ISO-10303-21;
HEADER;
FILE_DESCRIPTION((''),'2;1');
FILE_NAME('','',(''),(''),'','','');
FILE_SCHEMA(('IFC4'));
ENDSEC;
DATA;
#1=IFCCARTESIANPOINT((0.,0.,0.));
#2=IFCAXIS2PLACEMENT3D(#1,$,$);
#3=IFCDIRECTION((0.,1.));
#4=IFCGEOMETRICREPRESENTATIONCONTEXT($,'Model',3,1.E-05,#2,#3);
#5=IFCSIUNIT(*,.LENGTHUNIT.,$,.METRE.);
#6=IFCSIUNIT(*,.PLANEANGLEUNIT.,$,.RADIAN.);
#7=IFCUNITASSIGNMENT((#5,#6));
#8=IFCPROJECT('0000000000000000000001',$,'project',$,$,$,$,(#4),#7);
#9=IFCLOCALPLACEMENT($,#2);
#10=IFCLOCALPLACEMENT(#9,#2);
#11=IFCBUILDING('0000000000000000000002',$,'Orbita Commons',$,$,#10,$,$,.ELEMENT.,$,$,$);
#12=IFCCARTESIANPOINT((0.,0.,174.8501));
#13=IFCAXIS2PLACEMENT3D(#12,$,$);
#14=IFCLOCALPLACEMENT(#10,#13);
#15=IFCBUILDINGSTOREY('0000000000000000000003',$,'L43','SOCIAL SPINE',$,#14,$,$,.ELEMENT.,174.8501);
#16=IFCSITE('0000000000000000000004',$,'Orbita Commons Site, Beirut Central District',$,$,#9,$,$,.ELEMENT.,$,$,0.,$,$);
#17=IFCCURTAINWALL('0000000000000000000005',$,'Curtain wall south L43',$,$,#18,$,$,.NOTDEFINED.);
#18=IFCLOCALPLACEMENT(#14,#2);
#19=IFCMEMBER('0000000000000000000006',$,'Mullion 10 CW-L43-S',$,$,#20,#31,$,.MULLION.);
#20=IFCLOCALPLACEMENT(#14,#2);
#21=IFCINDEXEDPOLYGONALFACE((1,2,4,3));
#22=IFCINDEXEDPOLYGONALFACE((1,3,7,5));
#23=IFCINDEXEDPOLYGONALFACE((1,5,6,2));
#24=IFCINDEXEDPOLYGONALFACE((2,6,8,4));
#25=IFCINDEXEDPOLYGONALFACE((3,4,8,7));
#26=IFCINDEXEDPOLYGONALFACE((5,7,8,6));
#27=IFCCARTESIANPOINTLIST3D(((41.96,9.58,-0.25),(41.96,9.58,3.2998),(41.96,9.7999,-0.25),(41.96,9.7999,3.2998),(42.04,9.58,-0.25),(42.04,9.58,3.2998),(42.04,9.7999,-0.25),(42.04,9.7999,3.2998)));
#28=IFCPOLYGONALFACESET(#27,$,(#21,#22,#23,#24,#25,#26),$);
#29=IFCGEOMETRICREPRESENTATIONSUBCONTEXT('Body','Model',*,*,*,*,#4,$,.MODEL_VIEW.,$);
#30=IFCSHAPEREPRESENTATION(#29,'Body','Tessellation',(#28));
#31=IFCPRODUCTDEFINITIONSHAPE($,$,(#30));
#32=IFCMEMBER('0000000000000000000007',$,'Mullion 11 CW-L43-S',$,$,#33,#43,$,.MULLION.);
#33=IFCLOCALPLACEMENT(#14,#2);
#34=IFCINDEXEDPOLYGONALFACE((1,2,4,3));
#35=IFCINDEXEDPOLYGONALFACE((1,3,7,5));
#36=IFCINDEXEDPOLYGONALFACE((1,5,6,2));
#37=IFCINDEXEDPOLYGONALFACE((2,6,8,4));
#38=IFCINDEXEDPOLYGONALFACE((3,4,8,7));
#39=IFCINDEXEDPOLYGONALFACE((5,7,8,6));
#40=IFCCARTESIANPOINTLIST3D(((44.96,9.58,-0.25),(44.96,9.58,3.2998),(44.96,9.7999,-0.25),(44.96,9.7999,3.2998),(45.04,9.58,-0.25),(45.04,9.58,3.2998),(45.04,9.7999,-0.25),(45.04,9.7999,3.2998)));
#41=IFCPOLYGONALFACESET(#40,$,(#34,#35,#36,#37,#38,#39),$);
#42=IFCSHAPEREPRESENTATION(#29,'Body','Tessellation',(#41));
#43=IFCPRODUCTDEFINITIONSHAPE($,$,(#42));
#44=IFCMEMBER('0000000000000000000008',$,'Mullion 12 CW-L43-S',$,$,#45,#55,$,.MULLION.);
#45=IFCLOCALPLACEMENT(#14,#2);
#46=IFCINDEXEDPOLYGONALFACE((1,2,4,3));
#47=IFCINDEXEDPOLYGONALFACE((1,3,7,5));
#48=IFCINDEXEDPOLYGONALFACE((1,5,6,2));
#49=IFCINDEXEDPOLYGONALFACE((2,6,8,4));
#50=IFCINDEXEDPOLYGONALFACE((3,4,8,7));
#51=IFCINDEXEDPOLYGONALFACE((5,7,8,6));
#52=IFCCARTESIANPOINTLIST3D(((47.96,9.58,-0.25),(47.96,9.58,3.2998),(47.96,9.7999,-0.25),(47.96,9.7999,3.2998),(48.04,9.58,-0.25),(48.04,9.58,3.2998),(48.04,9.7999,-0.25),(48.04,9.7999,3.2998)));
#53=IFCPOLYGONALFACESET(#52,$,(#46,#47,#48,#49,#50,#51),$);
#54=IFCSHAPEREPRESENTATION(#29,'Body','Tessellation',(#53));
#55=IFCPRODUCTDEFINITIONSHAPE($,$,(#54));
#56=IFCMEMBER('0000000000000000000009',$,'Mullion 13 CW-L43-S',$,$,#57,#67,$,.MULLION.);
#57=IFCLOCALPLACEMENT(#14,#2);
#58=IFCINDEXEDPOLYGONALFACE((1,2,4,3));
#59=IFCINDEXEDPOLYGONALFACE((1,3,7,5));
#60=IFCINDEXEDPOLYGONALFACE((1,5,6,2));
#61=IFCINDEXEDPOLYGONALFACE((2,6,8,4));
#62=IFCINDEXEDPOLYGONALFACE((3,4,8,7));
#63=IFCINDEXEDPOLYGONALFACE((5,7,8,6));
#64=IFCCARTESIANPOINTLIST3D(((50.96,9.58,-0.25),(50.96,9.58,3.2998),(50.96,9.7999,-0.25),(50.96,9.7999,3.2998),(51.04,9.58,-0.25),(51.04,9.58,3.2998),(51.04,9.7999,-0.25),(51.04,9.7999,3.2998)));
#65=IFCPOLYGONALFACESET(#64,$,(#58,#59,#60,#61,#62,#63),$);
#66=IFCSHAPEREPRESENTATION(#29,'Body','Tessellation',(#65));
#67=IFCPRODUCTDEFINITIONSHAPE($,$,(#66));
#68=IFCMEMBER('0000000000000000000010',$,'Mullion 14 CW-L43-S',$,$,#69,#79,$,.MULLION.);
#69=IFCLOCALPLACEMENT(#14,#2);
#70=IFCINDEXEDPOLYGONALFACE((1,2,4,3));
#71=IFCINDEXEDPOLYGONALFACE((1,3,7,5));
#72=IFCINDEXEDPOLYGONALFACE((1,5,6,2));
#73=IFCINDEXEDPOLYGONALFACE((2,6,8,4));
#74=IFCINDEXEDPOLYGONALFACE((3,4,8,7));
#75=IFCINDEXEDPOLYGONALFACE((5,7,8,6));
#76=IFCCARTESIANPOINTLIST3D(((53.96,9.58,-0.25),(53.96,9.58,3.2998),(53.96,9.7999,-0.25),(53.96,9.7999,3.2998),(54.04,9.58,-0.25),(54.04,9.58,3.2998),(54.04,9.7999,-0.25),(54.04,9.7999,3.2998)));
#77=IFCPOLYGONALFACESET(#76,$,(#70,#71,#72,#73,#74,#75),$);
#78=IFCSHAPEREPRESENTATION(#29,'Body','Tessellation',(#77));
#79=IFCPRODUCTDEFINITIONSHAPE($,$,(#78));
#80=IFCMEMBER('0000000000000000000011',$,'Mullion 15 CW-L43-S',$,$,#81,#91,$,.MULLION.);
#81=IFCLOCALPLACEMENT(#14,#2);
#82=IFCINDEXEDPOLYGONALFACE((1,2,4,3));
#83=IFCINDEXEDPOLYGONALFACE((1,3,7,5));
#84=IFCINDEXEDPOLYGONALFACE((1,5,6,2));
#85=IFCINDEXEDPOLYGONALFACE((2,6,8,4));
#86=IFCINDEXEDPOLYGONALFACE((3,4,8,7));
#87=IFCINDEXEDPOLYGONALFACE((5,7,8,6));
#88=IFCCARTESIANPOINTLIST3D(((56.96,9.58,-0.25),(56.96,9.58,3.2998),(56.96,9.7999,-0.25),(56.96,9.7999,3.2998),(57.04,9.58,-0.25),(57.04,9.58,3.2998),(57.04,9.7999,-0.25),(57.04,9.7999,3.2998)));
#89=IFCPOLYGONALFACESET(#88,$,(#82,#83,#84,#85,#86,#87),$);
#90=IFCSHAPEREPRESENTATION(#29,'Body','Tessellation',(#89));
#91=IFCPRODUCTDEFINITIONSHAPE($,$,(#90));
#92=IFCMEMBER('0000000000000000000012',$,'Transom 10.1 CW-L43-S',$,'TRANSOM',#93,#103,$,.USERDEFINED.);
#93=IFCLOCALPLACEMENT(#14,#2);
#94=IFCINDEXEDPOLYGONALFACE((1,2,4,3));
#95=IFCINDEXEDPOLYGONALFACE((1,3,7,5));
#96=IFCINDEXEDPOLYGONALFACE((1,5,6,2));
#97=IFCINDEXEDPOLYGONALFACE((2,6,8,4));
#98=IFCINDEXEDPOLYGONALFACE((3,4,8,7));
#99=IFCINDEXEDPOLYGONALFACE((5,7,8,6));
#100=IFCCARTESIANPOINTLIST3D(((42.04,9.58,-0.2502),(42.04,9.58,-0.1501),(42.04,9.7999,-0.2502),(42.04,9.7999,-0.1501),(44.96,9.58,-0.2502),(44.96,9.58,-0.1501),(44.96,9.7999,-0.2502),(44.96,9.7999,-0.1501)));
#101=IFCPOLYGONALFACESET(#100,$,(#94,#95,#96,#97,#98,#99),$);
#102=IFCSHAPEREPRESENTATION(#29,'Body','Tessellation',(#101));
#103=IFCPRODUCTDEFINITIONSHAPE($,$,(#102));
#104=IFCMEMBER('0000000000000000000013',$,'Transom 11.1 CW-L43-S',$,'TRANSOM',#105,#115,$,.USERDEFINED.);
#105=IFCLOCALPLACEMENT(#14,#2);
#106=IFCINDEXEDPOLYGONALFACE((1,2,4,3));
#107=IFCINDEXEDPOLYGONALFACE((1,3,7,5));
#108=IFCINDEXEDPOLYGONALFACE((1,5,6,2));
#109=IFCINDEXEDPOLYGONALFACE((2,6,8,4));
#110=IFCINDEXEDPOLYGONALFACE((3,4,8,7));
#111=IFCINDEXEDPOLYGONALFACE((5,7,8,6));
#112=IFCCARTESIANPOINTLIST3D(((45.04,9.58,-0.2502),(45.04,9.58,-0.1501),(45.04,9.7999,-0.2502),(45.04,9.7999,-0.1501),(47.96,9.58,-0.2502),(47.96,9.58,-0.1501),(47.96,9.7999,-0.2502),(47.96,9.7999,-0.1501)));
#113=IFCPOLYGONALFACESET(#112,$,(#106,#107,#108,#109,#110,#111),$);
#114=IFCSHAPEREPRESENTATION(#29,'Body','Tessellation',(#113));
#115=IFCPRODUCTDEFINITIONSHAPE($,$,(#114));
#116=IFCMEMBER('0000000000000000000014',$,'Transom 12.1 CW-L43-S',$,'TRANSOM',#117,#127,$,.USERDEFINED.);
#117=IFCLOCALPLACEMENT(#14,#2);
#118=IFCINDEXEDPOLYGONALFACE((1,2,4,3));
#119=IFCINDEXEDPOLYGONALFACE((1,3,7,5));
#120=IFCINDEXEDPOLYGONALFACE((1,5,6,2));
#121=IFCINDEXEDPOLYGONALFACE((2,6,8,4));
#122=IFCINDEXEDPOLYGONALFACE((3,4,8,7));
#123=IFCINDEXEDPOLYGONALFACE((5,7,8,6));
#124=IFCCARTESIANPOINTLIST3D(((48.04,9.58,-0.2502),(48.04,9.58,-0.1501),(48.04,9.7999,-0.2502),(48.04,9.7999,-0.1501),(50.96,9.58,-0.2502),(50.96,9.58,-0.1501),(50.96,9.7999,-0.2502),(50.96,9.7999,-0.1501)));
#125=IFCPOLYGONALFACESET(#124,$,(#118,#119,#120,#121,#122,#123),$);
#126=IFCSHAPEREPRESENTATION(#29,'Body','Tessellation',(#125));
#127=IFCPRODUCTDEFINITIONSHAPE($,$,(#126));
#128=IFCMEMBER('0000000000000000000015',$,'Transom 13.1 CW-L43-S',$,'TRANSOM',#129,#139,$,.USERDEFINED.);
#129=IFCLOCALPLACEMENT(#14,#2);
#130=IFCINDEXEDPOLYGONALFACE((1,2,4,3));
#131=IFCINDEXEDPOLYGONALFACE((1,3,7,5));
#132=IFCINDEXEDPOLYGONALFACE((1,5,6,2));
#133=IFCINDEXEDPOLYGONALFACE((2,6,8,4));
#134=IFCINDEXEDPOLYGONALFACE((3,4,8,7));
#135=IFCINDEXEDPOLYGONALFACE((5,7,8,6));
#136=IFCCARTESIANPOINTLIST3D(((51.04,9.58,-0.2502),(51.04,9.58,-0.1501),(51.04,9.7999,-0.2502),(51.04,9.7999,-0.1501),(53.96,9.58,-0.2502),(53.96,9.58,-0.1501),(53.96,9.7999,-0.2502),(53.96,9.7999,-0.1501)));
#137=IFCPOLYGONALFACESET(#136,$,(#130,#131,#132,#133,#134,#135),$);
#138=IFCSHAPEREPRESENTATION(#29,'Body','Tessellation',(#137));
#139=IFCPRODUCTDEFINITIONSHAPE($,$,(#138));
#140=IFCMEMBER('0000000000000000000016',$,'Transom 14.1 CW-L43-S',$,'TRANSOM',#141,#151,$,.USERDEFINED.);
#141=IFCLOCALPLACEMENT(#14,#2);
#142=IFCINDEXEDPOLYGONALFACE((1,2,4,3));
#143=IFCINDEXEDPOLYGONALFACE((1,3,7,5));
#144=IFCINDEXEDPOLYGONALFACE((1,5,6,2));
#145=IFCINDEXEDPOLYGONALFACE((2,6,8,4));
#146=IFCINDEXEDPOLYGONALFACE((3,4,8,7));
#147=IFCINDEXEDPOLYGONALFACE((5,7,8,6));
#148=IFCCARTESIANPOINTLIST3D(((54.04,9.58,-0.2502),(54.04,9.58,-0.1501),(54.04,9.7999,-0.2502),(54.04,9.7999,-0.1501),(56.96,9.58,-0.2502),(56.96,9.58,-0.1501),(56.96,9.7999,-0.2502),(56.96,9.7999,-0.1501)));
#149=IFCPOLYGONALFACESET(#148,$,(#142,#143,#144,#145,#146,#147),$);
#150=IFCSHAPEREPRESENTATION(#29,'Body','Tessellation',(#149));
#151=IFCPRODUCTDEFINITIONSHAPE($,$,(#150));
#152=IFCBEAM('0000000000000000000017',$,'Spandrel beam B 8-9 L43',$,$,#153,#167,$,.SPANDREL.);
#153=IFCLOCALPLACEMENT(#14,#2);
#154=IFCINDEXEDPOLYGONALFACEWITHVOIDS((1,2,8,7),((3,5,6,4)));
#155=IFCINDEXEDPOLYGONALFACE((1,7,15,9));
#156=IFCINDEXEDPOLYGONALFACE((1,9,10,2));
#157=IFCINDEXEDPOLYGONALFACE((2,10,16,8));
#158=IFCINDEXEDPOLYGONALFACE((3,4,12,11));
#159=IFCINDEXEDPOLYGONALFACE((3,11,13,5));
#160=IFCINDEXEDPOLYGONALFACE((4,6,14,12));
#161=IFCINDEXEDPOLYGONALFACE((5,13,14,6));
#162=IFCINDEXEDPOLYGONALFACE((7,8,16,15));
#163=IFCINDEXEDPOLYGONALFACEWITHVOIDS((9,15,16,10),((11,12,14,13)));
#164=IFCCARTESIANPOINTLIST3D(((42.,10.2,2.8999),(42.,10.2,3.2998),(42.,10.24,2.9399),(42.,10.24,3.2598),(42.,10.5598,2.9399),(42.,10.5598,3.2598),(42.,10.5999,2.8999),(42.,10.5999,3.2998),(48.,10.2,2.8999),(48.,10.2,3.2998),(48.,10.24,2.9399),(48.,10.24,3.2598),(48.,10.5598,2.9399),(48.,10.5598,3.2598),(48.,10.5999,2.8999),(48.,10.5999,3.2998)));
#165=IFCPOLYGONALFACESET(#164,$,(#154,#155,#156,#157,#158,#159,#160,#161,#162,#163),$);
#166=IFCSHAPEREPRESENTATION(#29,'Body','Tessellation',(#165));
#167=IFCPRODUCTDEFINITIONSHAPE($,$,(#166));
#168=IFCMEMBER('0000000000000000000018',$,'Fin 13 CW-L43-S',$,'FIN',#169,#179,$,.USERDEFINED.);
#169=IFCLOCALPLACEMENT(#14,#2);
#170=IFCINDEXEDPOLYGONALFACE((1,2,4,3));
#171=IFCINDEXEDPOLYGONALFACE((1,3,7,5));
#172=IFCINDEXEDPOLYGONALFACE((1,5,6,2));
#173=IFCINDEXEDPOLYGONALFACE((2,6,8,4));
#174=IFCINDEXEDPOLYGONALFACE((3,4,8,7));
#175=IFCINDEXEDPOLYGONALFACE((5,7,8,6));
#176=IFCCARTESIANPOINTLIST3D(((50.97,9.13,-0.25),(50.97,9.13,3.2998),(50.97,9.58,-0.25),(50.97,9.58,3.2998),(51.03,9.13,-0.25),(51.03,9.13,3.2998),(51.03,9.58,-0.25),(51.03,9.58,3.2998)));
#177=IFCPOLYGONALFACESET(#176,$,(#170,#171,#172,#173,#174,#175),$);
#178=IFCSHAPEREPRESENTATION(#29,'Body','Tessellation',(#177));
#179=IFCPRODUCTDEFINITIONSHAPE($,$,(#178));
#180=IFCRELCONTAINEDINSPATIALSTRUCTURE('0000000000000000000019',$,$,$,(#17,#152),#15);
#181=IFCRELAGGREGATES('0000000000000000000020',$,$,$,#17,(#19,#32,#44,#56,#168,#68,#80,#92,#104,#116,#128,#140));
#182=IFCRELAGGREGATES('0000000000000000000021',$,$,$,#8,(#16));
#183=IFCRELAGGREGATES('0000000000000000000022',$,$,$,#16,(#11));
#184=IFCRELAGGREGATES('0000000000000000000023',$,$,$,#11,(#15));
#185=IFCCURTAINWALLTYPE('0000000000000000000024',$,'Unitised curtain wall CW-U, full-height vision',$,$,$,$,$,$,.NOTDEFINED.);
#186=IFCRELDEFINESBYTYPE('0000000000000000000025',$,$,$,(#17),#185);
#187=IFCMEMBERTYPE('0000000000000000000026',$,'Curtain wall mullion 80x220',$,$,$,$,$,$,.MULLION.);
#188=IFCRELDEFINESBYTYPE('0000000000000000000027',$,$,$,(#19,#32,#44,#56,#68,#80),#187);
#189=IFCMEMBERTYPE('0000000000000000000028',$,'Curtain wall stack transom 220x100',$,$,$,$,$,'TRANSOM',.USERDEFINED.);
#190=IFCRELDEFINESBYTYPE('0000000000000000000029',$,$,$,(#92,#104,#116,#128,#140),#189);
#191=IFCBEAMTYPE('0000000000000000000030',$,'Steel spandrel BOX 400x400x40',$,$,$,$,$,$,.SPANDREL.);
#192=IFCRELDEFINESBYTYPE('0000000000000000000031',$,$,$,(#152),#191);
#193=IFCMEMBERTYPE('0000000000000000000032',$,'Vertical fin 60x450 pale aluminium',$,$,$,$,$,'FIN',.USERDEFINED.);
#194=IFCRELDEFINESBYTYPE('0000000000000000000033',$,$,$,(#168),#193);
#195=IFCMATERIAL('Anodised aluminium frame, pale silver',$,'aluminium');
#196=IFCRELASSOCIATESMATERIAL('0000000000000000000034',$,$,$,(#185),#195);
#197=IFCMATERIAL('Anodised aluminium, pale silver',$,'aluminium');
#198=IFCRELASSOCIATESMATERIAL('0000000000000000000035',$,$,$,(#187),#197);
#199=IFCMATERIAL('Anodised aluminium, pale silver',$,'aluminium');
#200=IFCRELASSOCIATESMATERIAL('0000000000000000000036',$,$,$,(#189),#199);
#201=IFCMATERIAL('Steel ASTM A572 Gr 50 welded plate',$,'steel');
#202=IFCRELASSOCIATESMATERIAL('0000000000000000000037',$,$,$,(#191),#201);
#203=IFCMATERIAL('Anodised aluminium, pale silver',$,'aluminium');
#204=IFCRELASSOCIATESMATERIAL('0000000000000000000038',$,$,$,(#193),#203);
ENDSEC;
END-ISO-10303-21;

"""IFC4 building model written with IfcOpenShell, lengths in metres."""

from ifc_helpers import new_model, si_unit, direction, frame, origin, origin_2d, place, context, subcontext, project, spatial, rectangle, hollow_rectangle, extrude, material, material_profile, profile_set, type_object, element, aggregate, save


model = new_model("IFC4")

# Units and contexts
model_context = context("Model", 3, precision=1e-05, world=origin(), true_north=direction((0.0, 1.0)))
body_context = subcontext(model_context, "Body", "Model", "MODEL_VIEW")
ifc_project = project(units=[si_unit("LENGTHUNIT", "METRE"), si_unit("PLANEANGLEUNIT", "RADIAN")], contexts=[model_context])

# Site, building, storey
site_placement = place(None, origin())
site = spatial("IfcSite", under=ifc_project, at=site_placement, Name="Orbita Commons Site, Beirut Central District", CompositionType="ELEMENT", RefElevation=0.0)
building_placement = place(site_placement, origin())
building = spatial("IfcBuilding", under=site, at=building_placement, Name="Orbita Commons", CompositionType="ELEMENT")
storey_placement = place(building_placement, frame((0.0, 0.0, 174.8501)))
storey = spatial("IfcBuildingStorey", under=building, at=storey_placement, Name="L43", Description="SOCIAL SPINE", CompositionType="ELEMENT", Elevation=174.8501)

# Curtain wall, members
ifc_material_1 = material(Name="Anodised aluminium frame, pale silver", Category="aluminium")
curtain_wall_type = type_object("IfcCurtainWallType", Name="Unitised curtain wall CW-U, full-height vision", PredefinedType="NOTDEFINED", material=ifc_material_1)
curtain_wall_placement = place(storey_placement, origin())
curtain_wall = element("IfcCurtainWall", 1, at=curtain_wall_placement, inside=storey, type_object=curtain_wall_type, Name="Curtain wall south L43", PredefinedType="NOTDEFINED")
ifc_material_2 = material(Name="Anodised aluminium, pale silver", Category="aluminium")
ifc_material_profile_1 = material_profile(ifc_material_2, rectangle(XDim=0.0801, YDim=0.22, at=origin_2d()), Name="AL 80x220")
ifc_profile_set_1 = profile_set([ifc_material_profile_1], Name="Anodised aluminium, pale silver")
member_type_1 = type_object("IfcMemberType", Name="Curtain wall mullion 80x220", PredefinedType="MULLION", material=ifc_profile_set_1)
member_1_placement = place(storey_placement, frame((42.0, 9.6899, -0.25), z_axis=(0.0, 0.0, 1.0), x_axis=(1.0, 0.0, 0.0)))
member_1 = element("IfcMember", 2, at=member_1_placement, type_object=member_type_1, Name="Mullion 10 CW-L43-S", PredefinedType="MULLION", context=body_context, shape_type="SweptSolid", body=[
    extrude(rectangle(XDim=0.0801, YDim=0.22, at=origin_2d()), origin(), (0.0, 0.0, 1.0), 3.5498),
])
member_2_placement = place(storey_placement, frame((45.0, 9.6899, -0.25), z_axis=(0.0, 0.0, 1.0), x_axis=(1.0, 0.0, 0.0)))
member_2 = element("IfcMember", 3, at=member_2_placement, type_object=member_type_1, Name="Mullion 11 CW-L43-S", PredefinedType="MULLION", context=body_context, shape_type="SweptSolid", body=[
    extrude(rectangle(XDim=0.0801, YDim=0.22, at=origin_2d()), origin(), (0.0, 0.0, 1.0), 3.5498),
])
member_3_placement = place(storey_placement, frame((48.0, 9.6899, -0.25), z_axis=(0.0, 0.0, 1.0), x_axis=(1.0, 0.0, 0.0)))
member_3 = element("IfcMember", 4, at=member_3_placement, type_object=member_type_1, Name="Mullion 12 CW-L43-S", PredefinedType="MULLION", context=body_context, shape_type="SweptSolid", body=[
    extrude(rectangle(XDim=0.0801, YDim=0.22, at=origin_2d()), origin(), (0.0, 0.0, 1.0), 3.5498),
])
member_4_placement = place(storey_placement, frame((51.0, 9.6899, -0.25), z_axis=(0.0, 0.0, 1.0), x_axis=(1.0, 0.0, 0.0)))
member_4 = element("IfcMember", 5, at=member_4_placement, type_object=member_type_1, Name="Mullion 13 CW-L43-S", PredefinedType="MULLION", context=body_context, shape_type="SweptSolid", body=[
    extrude(rectangle(XDim=0.0801, YDim=0.22, at=origin_2d()), origin(), (0.0, 0.0, 1.0), 3.5498),
])
member_5_placement = place(storey_placement, frame((54.0, 9.6899, -0.25), z_axis=(0.0, 0.0, 1.0), x_axis=(1.0, 0.0, 0.0)))
member_5 = element("IfcMember", 6, at=member_5_placement, type_object=member_type_1, Name="Mullion 14 CW-L43-S", PredefinedType="MULLION", context=body_context, shape_type="SweptSolid", body=[
    extrude(rectangle(XDim=0.0801, YDim=0.22, at=origin_2d()), origin(), (0.0, 0.0, 1.0), 3.5498),
])
member_6_placement = place(storey_placement, frame((57.0, 9.6899, -0.25), z_axis=(0.0, 0.0, 1.0), x_axis=(1.0, 0.0, 0.0)))
member_6 = element("IfcMember", 7, at=member_6_placement, type_object=member_type_1, Name="Mullion 15 CW-L43-S", PredefinedType="MULLION", context=body_context, shape_type="SweptSolid", body=[
    extrude(rectangle(XDim=0.0801, YDim=0.22, at=origin_2d()), origin(), (0.0, 0.0, 1.0), 3.5498),
])
ifc_material_3 = material(Name="Anodised aluminium, pale silver", Category="aluminium")
ifc_material_profile_2 = material_profile(ifc_material_3, rectangle(XDim=0.22, YDim=0.1001, at=origin_2d()), Name="AL 220x100")
ifc_profile_set_2 = profile_set([ifc_material_profile_2], Name="Anodised aluminium, pale silver")
member_type_2 = type_object("IfcMemberType", Name="Curtain wall stack transom 220x100", ElementType="TRANSOM", PredefinedType="USERDEFINED", material=ifc_profile_set_2)
member_7_placement = place(storey_placement, frame((42.04, 9.6899, -0.2002), z_axis=(1.0, 0.0, 0.0), x_axis=(0.0, 1.0, 0.0)))
member_7 = element("IfcMember", 8, at=member_7_placement, type_object=member_type_2, Name="Transom 10.1 CW-L43-S", ObjectType="TRANSOM", PredefinedType="USERDEFINED", context=body_context, shape_type="SweptSolid", body=[
    extrude(rectangle(XDim=0.22, YDim=0.1001, at=origin_2d()), origin(), (0.0, 0.0, 1.0), 2.9199),
])
member_8_placement = place(storey_placement, frame((45.04, 9.6899, -0.2002), z_axis=(1.0, 0.0, 0.0), x_axis=(0.0, 1.0, 0.0)))
member_8 = element("IfcMember", 9, at=member_8_placement, type_object=member_type_2, Name="Transom 11.1 CW-L43-S", ObjectType="TRANSOM", PredefinedType="USERDEFINED", context=body_context, shape_type="SweptSolid", body=[
    extrude(rectangle(XDim=0.22, YDim=0.1001, at=origin_2d()), origin(), (0.0, 0.0, 1.0), 2.9199),
])
member_9_placement = place(storey_placement, frame((48.04, 9.6899, -0.2002), z_axis=(1.0, 0.0, 0.0), x_axis=(0.0, 1.0, 0.0)))
member_9 = element("IfcMember", 10, at=member_9_placement, type_object=member_type_2, Name="Transom 12.1 CW-L43-S", ObjectType="TRANSOM", PredefinedType="USERDEFINED", context=body_context, shape_type="SweptSolid", body=[
    extrude(rectangle(XDim=0.22, YDim=0.1001, at=origin_2d()), origin(), (0.0, 0.0, 1.0), 2.9199),
])
member_10_placement = place(storey_placement, frame((51.04, 9.6899, -0.2002), z_axis=(1.0, 0.0, 0.0), x_axis=(0.0, 1.0, 0.0)))
member_10 = element("IfcMember", 11, at=member_10_placement, type_object=member_type_2, Name="Transom 13.1 CW-L43-S", ObjectType="TRANSOM", PredefinedType="USERDEFINED", context=body_context, shape_type="SweptSolid", body=[
    extrude(rectangle(XDim=0.22, YDim=0.1001, at=origin_2d()), origin(), (0.0, 0.0, 1.0), 2.9199),
])
member_11_placement = place(storey_placement, frame((54.04, 9.6899, -0.2002), z_axis=(1.0, 0.0, 0.0), x_axis=(0.0, 1.0, 0.0)))
member_11 = element("IfcMember", 12, at=member_11_placement, type_object=member_type_2, Name="Transom 14.1 CW-L43-S", ObjectType="TRANSOM", PredefinedType="USERDEFINED", context=body_context, shape_type="SweptSolid", body=[
    extrude(rectangle(XDim=0.22, YDim=0.1001, at=origin_2d()), origin(), (0.0, 0.0, 1.0), 2.9199),
])

# Beam
ifc_material_4 = material(Name="Steel ASTM A572 Gr 50 welded plate", Category="steel")
ifc_material_profile_3 = material_profile(ifc_material_4, hollow_rectangle(XDim=0.3999, YDim=0.3999, WallThickness=0.04, at=origin_2d()), Name="BOX 400x400x40")
ifc_profile_set_3 = profile_set([ifc_material_profile_3], Name="Steel ASTM A572 Gr 50 welded plate")
beam_type = type_object("IfcBeamType", Name="Steel spandrel BOX 400x400x40", PredefinedType="SPANDREL", material=ifc_profile_set_3)
beam_placement = place(storey_placement, frame((42.0, 10.3999, 3.0999), z_axis=(1.0, 0.0, 0.0), x_axis=(0.0, 1.0, 0.0)))
element("IfcBeam", 13, at=beam_placement, inside=storey, type_object=beam_type, Name="Spandrel beam B 8-9 L43", PredefinedType="SPANDREL", context=body_context, shape_type="SweptSolid", body=[
    extrude(hollow_rectangle(XDim=0.3999, YDim=0.3999, WallThickness=0.04, at=origin_2d()), origin(), (0.0, 0.0, 1.0), 6.0),
])

# Member
ifc_material_5 = material(Name="Anodised aluminium, pale silver", Category="aluminium")
ifc_material_profile_4 = material_profile(ifc_material_5, rectangle(XDim=0.0601, YDim=0.45, at=origin_2d()), Name="FIN 60x450")
ifc_profile_set_4 = profile_set([ifc_material_profile_4], Name="Anodised aluminium, pale silver")
member_type_3 = type_object("IfcMemberType", Name="Vertical fin 60x450 pale aluminium", ElementType="FIN", PredefinedType="USERDEFINED", material=ifc_profile_set_4)
member_12_placement = place(storey_placement, frame((51.0, 9.355, -0.25), z_axis=(0.0, 0.0, 1.0), x_axis=(1.0, 0.0, 0.0)))
member_12 = element("IfcMember", 14, at=member_12_placement, type_object=member_type_3, Name="Fin 13 CW-L43-S", ObjectType="FIN", PredefinedType="USERDEFINED", context=body_context, shape_type="SweptSolid", body=[
    extrude(rectangle(XDim=0.0601, YDim=0.45, at=origin_2d()), origin(), (0.0, 0.0, 1.0), 3.5498),
])

aggregate(curtain_wall, [member_1, member_2, member_3, member_4, member_12, member_5, member_6, member_7, member_8, member_9, member_10, member_11])

save(model, "model.ifc")
